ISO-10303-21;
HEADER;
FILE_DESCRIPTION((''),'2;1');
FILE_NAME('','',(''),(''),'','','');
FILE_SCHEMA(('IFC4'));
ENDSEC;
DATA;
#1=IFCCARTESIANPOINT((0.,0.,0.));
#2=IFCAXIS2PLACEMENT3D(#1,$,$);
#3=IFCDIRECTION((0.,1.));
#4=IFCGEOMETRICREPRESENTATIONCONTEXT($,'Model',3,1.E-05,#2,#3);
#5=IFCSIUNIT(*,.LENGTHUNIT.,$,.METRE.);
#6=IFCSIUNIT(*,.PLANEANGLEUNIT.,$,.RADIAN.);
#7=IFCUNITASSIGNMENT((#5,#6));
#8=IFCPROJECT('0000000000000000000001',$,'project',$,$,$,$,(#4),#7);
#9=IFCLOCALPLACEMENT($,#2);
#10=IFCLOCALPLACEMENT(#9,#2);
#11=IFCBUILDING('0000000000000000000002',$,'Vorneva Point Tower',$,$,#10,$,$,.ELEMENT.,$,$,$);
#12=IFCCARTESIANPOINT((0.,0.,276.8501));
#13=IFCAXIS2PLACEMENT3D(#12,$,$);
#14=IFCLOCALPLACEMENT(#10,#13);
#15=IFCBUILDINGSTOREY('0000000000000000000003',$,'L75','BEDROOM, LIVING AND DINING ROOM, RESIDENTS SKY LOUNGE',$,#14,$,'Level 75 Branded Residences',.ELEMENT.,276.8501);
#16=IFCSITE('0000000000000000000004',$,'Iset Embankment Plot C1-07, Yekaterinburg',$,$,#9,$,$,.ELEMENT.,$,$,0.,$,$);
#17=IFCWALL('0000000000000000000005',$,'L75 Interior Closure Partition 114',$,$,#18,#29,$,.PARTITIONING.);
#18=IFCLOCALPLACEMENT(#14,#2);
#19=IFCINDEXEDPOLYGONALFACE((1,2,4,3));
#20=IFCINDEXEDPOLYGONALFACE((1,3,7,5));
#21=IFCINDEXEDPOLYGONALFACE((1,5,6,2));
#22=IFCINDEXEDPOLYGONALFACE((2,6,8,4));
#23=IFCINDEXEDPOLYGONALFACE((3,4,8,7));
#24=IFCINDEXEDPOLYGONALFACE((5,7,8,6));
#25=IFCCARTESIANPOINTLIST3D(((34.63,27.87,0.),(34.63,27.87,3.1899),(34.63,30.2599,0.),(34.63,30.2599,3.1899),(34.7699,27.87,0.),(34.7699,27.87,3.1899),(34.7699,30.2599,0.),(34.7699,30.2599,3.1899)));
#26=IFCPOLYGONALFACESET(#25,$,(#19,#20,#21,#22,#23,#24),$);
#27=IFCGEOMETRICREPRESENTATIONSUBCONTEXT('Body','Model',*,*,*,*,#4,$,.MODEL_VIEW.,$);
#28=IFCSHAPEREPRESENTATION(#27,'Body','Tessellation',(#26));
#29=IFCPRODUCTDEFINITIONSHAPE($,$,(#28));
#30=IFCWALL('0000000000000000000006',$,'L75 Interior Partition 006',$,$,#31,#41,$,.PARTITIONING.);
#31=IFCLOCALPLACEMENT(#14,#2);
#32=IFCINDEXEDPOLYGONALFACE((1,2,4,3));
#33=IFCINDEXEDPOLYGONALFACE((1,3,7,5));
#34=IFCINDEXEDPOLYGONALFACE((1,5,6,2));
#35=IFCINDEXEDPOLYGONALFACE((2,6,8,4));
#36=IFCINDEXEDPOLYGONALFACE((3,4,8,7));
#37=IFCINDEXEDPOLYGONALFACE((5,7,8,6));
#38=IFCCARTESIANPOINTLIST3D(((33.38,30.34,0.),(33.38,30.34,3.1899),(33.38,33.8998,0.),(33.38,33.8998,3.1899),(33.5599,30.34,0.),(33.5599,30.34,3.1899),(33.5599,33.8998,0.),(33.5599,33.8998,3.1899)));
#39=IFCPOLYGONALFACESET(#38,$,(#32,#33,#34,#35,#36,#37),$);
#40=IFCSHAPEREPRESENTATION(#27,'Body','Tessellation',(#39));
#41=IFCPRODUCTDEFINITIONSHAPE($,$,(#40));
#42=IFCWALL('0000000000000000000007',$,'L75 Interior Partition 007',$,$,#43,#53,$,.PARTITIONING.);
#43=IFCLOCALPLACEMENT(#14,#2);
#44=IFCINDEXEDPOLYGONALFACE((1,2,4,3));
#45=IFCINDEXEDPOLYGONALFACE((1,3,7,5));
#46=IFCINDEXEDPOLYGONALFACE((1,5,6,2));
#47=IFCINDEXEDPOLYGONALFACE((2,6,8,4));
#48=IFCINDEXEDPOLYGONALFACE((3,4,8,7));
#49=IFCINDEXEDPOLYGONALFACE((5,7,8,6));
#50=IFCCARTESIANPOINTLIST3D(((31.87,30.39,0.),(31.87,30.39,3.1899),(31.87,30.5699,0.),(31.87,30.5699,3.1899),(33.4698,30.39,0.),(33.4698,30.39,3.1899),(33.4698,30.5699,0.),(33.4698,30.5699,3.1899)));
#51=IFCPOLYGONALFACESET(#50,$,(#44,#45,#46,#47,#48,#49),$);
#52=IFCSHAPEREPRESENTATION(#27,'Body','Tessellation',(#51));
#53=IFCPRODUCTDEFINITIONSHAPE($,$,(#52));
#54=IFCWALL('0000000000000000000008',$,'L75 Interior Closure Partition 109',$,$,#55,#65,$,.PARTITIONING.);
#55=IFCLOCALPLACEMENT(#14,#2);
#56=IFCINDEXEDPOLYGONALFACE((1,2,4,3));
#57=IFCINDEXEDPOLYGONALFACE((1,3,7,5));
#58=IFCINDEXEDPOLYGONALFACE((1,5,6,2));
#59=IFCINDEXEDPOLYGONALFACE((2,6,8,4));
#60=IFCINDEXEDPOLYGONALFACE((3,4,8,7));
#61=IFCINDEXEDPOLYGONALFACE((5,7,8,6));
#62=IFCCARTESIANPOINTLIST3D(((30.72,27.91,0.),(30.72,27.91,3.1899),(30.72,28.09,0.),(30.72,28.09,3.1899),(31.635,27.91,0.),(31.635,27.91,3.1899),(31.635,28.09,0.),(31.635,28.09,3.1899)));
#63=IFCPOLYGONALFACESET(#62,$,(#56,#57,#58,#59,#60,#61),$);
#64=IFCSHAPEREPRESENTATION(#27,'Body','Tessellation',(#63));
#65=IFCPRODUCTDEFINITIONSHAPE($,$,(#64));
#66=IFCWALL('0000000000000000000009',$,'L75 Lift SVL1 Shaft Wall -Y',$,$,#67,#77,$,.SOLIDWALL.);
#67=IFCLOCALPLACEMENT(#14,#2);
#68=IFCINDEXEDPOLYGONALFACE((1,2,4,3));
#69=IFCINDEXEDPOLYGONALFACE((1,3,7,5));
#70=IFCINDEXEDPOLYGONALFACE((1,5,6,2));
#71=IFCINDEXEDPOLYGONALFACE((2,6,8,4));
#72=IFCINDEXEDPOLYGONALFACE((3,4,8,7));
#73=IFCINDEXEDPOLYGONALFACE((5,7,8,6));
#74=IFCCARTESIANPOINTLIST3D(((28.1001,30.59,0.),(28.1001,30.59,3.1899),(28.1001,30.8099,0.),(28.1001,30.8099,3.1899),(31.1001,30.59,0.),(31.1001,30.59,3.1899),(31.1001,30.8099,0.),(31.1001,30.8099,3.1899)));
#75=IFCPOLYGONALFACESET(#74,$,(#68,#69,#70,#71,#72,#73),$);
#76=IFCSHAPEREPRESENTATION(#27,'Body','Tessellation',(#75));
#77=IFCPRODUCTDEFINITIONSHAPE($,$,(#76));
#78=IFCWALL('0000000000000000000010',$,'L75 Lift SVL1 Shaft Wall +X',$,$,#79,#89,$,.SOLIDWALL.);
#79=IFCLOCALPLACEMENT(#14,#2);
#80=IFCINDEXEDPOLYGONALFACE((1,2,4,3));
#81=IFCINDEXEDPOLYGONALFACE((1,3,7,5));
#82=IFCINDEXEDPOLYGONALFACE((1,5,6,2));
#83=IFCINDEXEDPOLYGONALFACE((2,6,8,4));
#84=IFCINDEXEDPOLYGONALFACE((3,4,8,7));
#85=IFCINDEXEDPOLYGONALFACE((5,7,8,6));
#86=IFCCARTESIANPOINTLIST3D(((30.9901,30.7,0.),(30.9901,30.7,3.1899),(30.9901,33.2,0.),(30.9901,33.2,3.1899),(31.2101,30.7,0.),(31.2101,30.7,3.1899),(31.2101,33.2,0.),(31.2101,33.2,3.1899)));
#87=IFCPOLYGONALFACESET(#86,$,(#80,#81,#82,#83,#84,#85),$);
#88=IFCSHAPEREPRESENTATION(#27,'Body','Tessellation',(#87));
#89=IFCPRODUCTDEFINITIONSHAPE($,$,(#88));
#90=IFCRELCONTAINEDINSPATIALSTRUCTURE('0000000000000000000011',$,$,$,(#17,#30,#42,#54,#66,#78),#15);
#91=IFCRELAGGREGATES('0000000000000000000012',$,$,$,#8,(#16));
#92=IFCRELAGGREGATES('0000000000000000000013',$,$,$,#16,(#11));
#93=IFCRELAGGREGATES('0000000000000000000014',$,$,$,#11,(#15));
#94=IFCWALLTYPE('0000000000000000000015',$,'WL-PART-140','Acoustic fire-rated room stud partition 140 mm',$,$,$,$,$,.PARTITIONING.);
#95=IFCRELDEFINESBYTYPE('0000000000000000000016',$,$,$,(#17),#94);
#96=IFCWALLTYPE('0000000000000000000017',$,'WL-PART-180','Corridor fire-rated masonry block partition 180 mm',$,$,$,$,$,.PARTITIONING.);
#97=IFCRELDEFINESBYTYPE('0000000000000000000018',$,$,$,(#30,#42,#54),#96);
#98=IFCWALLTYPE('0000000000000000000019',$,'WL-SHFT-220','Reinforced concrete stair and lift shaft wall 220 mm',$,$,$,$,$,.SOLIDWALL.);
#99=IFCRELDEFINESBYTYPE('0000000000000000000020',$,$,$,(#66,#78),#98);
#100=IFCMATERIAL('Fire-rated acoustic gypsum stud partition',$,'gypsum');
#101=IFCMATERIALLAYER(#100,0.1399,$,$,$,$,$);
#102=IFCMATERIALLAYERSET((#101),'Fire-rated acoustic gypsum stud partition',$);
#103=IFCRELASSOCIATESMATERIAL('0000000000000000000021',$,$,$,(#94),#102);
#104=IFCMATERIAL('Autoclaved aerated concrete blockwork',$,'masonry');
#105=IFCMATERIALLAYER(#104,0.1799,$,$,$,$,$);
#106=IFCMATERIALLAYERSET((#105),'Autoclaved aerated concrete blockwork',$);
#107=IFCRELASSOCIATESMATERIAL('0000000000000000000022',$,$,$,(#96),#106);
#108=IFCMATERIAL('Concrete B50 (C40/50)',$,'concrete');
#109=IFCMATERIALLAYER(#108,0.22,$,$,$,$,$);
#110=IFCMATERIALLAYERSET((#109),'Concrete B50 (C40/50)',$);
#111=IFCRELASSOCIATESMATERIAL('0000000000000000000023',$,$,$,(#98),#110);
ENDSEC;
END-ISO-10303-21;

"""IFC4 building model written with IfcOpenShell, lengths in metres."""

from ifc_helpers import new_model, si_unit, direction, frame, frame_2d, origin, place, context, subcontext, project, spatial, rectangle, extrude, material, layer, layer_set, type_object, element, save


model = new_model("IFC4")

# Units and contexts
model_context = context("Model", 3, precision=1e-05, world=origin(), true_north=direction((0.0, 1.0)))
body_context = subcontext(model_context, "Body", "Model", "MODEL_VIEW")
ifc_project = project(units=[si_unit("LENGTHUNIT", "METRE"), si_unit("PLANEANGLEUNIT", "RADIAN")], contexts=[model_context])

# Site, building, storey
site_placement = place(None, origin())
site = spatial("IfcSite", under=ifc_project, at=site_placement, Name="Iset Embankment Plot C1-07, Yekaterinburg", CompositionType="ELEMENT", RefElevation=0.0)
building_placement = place(site_placement, origin())
building = spatial("IfcBuilding", under=site, at=building_placement, Name="Vorneva Point Tower", CompositionType="ELEMENT")
storey_placement = place(building_placement, frame((0.0, 0.0, 276.8501)))
storey = spatial("IfcBuildingStorey", under=building, at=storey_placement, Name="L75", Description="BEDROOM, LIVING AND DINING ROOM, RESIDENTS SKY LOUNGE", LongName="Level 75 Branded Residences", CompositionType="ELEMENT", Elevation=276.8501)

# Shared definitions
ifc_material_1 = material(Name="Concrete B50 (C40/50)", Category="concrete")

# Wall
ifc_material_2 = material(Name="Fire-rated acoustic gypsum stud partition", Category="gypsum")
ifc_layer_1 = layer(ifc_material_2, 0.1399)
ifc_layer_set_1 = layer_set([ifc_layer_1], Name="Fire-rated acoustic gypsum stud partition")
wall_type_1 = type_object("IfcWallType", Name="WL-PART-140", Description="Acoustic fire-rated room stud partition 140 mm", PredefinedType="PARTITIONING", material=ifc_layer_set_1)
for number, where, z_axis, x_axis, name in (
    (1, (34.7, 27.8701, 0.0), (0.0, 0.0, 1.0), (0.0, 1.0, 0.0), "L75 Interior Closure Partition 114"),
):
    element("IfcWall", number, at=place(storey_placement, frame(where, z_axis=z_axis, x_axis=x_axis)), inside=storey, type_object=wall_type_1, Name=name, PredefinedType="PARTITIONING", context=body_context, shape_type="SweptSolid", body=[
        extrude(rectangle(XDim=2.3899, YDim=0.1399, at=frame_2d((1.1948, 0.0))), origin(), (0.0, 0.0, 1.0), 3.1899),
    ])

# Shared definitions
ifc_material_3 = material(Name="Autoclaved aerated concrete blockwork", Category="masonry")
ifc_layer_2 = layer(ifc_material_3, 0.1799)
ifc_layer_set_2 = layer_set([ifc_layer_2], Name="Autoclaved aerated concrete blockwork")
wall_type_2 = type_object("IfcWallType", Name="WL-PART-180", Description="Corridor fire-rated masonry block partition 180 mm", PredefinedType="PARTITIONING", material=ifc_layer_set_2)

# Walls
wall_1_placement = place(storey_placement, frame((33.47, 30.3401, 0.0), z_axis=(0.0, 0.0, 1.0), x_axis=(0.0, 1.0, 0.0)))
element("IfcWall", 2, at=wall_1_placement, inside=storey, type_object=wall_type_2, Name="L75 Interior Partition 006", PredefinedType="PARTITIONING", context=body_context, shape_type="SweptSolid", body=[
    extrude(rectangle(XDim=3.5598, YDim=0.1799, at=frame_2d((1.7798, 0.0))), origin(), (0.0, 0.0, 1.0), 3.1899),
])
wall_2_placement = place(storey_placement, frame((31.8701, 30.48, 0.0), z_axis=(0.0, 0.0, 1.0), x_axis=(1.0, 0.0, 0.0)))
element("IfcWall", 3, at=wall_2_placement, inside=storey, type_object=wall_type_2, Name="L75 Interior Partition 007", PredefinedType="PARTITIONING", context=body_context, shape_type="SweptSolid", body=[
    extrude(rectangle(XDim=1.5999, YDim=0.1799, at=frame_2d((0.7998, 0.0))), origin(), (0.0, 0.0, 1.0), 3.1899),
])

# Walls
wall_3_placement = place(storey_placement, frame((31.635, 28.0, 0.0), z_axis=(0.0, 0.0, 1.0), x_axis=(-1.0, 0.0, 0.0)))
element("IfcWall", 4, at=wall_3_placement, inside=storey, type_object=wall_type_2, Name="L75 Interior Closure Partition 109", PredefinedType="PARTITIONING", context=body_context, shape_type="SweptSolid", body=[
    extrude(rectangle(XDim=0.915, YDim=0.1799, at=frame_2d((0.4575, 0.0))), origin(), (0.0, 0.0, 1.0), 3.1899),
])
ifc_layer_3 = layer(ifc_material_1, 0.22)
ifc_layer_set_3 = layer_set([ifc_layer_3], Name="Concrete B50 (C40/50)")
wall_type_3 = type_object("IfcWallType", Name="WL-SHFT-220", Description="Reinforced concrete stair and lift shaft wall 220 mm", PredefinedType="SOLIDWALL", material=ifc_layer_set_3)
wall_4_placement = place(storey_placement, frame((28.1001, 30.7, 0.0), z_axis=(0.0, 0.0, 1.0), x_axis=(1.0, 0.0, 0.0)))
element("IfcWall", 5, at=wall_4_placement, inside=storey, type_object=wall_type_3, Name="L75 Lift SVL1 Shaft Wall -Y", PredefinedType="SOLIDWALL", context=body_context, shape_type="SweptSolid", body=[
    extrude(rectangle(XDim=3.0, YDim=0.22, at=frame_2d((1.5, 0.0))), origin(), (0.0, 0.0, 1.0), 3.1899),
])
wall_5_placement = place(storey_placement, frame((31.1001, 30.7, 0.0), z_axis=(0.0, 0.0, 1.0), x_axis=(0.0, 1.0, 0.0)))
element("IfcWall", 6, at=wall_5_placement, inside=storey, type_object=wall_type_3, Name="L75 Lift SVL1 Shaft Wall +X", PredefinedType="SOLIDWALL", context=body_context, shape_type="SweptSolid", body=[
    extrude(rectangle(XDim=2.5, YDim=0.22, at=frame_2d((1.25, 0.0))), origin(), (0.0, 0.0, 1.0), 3.1899),
])

save(model, "model.ifc")
